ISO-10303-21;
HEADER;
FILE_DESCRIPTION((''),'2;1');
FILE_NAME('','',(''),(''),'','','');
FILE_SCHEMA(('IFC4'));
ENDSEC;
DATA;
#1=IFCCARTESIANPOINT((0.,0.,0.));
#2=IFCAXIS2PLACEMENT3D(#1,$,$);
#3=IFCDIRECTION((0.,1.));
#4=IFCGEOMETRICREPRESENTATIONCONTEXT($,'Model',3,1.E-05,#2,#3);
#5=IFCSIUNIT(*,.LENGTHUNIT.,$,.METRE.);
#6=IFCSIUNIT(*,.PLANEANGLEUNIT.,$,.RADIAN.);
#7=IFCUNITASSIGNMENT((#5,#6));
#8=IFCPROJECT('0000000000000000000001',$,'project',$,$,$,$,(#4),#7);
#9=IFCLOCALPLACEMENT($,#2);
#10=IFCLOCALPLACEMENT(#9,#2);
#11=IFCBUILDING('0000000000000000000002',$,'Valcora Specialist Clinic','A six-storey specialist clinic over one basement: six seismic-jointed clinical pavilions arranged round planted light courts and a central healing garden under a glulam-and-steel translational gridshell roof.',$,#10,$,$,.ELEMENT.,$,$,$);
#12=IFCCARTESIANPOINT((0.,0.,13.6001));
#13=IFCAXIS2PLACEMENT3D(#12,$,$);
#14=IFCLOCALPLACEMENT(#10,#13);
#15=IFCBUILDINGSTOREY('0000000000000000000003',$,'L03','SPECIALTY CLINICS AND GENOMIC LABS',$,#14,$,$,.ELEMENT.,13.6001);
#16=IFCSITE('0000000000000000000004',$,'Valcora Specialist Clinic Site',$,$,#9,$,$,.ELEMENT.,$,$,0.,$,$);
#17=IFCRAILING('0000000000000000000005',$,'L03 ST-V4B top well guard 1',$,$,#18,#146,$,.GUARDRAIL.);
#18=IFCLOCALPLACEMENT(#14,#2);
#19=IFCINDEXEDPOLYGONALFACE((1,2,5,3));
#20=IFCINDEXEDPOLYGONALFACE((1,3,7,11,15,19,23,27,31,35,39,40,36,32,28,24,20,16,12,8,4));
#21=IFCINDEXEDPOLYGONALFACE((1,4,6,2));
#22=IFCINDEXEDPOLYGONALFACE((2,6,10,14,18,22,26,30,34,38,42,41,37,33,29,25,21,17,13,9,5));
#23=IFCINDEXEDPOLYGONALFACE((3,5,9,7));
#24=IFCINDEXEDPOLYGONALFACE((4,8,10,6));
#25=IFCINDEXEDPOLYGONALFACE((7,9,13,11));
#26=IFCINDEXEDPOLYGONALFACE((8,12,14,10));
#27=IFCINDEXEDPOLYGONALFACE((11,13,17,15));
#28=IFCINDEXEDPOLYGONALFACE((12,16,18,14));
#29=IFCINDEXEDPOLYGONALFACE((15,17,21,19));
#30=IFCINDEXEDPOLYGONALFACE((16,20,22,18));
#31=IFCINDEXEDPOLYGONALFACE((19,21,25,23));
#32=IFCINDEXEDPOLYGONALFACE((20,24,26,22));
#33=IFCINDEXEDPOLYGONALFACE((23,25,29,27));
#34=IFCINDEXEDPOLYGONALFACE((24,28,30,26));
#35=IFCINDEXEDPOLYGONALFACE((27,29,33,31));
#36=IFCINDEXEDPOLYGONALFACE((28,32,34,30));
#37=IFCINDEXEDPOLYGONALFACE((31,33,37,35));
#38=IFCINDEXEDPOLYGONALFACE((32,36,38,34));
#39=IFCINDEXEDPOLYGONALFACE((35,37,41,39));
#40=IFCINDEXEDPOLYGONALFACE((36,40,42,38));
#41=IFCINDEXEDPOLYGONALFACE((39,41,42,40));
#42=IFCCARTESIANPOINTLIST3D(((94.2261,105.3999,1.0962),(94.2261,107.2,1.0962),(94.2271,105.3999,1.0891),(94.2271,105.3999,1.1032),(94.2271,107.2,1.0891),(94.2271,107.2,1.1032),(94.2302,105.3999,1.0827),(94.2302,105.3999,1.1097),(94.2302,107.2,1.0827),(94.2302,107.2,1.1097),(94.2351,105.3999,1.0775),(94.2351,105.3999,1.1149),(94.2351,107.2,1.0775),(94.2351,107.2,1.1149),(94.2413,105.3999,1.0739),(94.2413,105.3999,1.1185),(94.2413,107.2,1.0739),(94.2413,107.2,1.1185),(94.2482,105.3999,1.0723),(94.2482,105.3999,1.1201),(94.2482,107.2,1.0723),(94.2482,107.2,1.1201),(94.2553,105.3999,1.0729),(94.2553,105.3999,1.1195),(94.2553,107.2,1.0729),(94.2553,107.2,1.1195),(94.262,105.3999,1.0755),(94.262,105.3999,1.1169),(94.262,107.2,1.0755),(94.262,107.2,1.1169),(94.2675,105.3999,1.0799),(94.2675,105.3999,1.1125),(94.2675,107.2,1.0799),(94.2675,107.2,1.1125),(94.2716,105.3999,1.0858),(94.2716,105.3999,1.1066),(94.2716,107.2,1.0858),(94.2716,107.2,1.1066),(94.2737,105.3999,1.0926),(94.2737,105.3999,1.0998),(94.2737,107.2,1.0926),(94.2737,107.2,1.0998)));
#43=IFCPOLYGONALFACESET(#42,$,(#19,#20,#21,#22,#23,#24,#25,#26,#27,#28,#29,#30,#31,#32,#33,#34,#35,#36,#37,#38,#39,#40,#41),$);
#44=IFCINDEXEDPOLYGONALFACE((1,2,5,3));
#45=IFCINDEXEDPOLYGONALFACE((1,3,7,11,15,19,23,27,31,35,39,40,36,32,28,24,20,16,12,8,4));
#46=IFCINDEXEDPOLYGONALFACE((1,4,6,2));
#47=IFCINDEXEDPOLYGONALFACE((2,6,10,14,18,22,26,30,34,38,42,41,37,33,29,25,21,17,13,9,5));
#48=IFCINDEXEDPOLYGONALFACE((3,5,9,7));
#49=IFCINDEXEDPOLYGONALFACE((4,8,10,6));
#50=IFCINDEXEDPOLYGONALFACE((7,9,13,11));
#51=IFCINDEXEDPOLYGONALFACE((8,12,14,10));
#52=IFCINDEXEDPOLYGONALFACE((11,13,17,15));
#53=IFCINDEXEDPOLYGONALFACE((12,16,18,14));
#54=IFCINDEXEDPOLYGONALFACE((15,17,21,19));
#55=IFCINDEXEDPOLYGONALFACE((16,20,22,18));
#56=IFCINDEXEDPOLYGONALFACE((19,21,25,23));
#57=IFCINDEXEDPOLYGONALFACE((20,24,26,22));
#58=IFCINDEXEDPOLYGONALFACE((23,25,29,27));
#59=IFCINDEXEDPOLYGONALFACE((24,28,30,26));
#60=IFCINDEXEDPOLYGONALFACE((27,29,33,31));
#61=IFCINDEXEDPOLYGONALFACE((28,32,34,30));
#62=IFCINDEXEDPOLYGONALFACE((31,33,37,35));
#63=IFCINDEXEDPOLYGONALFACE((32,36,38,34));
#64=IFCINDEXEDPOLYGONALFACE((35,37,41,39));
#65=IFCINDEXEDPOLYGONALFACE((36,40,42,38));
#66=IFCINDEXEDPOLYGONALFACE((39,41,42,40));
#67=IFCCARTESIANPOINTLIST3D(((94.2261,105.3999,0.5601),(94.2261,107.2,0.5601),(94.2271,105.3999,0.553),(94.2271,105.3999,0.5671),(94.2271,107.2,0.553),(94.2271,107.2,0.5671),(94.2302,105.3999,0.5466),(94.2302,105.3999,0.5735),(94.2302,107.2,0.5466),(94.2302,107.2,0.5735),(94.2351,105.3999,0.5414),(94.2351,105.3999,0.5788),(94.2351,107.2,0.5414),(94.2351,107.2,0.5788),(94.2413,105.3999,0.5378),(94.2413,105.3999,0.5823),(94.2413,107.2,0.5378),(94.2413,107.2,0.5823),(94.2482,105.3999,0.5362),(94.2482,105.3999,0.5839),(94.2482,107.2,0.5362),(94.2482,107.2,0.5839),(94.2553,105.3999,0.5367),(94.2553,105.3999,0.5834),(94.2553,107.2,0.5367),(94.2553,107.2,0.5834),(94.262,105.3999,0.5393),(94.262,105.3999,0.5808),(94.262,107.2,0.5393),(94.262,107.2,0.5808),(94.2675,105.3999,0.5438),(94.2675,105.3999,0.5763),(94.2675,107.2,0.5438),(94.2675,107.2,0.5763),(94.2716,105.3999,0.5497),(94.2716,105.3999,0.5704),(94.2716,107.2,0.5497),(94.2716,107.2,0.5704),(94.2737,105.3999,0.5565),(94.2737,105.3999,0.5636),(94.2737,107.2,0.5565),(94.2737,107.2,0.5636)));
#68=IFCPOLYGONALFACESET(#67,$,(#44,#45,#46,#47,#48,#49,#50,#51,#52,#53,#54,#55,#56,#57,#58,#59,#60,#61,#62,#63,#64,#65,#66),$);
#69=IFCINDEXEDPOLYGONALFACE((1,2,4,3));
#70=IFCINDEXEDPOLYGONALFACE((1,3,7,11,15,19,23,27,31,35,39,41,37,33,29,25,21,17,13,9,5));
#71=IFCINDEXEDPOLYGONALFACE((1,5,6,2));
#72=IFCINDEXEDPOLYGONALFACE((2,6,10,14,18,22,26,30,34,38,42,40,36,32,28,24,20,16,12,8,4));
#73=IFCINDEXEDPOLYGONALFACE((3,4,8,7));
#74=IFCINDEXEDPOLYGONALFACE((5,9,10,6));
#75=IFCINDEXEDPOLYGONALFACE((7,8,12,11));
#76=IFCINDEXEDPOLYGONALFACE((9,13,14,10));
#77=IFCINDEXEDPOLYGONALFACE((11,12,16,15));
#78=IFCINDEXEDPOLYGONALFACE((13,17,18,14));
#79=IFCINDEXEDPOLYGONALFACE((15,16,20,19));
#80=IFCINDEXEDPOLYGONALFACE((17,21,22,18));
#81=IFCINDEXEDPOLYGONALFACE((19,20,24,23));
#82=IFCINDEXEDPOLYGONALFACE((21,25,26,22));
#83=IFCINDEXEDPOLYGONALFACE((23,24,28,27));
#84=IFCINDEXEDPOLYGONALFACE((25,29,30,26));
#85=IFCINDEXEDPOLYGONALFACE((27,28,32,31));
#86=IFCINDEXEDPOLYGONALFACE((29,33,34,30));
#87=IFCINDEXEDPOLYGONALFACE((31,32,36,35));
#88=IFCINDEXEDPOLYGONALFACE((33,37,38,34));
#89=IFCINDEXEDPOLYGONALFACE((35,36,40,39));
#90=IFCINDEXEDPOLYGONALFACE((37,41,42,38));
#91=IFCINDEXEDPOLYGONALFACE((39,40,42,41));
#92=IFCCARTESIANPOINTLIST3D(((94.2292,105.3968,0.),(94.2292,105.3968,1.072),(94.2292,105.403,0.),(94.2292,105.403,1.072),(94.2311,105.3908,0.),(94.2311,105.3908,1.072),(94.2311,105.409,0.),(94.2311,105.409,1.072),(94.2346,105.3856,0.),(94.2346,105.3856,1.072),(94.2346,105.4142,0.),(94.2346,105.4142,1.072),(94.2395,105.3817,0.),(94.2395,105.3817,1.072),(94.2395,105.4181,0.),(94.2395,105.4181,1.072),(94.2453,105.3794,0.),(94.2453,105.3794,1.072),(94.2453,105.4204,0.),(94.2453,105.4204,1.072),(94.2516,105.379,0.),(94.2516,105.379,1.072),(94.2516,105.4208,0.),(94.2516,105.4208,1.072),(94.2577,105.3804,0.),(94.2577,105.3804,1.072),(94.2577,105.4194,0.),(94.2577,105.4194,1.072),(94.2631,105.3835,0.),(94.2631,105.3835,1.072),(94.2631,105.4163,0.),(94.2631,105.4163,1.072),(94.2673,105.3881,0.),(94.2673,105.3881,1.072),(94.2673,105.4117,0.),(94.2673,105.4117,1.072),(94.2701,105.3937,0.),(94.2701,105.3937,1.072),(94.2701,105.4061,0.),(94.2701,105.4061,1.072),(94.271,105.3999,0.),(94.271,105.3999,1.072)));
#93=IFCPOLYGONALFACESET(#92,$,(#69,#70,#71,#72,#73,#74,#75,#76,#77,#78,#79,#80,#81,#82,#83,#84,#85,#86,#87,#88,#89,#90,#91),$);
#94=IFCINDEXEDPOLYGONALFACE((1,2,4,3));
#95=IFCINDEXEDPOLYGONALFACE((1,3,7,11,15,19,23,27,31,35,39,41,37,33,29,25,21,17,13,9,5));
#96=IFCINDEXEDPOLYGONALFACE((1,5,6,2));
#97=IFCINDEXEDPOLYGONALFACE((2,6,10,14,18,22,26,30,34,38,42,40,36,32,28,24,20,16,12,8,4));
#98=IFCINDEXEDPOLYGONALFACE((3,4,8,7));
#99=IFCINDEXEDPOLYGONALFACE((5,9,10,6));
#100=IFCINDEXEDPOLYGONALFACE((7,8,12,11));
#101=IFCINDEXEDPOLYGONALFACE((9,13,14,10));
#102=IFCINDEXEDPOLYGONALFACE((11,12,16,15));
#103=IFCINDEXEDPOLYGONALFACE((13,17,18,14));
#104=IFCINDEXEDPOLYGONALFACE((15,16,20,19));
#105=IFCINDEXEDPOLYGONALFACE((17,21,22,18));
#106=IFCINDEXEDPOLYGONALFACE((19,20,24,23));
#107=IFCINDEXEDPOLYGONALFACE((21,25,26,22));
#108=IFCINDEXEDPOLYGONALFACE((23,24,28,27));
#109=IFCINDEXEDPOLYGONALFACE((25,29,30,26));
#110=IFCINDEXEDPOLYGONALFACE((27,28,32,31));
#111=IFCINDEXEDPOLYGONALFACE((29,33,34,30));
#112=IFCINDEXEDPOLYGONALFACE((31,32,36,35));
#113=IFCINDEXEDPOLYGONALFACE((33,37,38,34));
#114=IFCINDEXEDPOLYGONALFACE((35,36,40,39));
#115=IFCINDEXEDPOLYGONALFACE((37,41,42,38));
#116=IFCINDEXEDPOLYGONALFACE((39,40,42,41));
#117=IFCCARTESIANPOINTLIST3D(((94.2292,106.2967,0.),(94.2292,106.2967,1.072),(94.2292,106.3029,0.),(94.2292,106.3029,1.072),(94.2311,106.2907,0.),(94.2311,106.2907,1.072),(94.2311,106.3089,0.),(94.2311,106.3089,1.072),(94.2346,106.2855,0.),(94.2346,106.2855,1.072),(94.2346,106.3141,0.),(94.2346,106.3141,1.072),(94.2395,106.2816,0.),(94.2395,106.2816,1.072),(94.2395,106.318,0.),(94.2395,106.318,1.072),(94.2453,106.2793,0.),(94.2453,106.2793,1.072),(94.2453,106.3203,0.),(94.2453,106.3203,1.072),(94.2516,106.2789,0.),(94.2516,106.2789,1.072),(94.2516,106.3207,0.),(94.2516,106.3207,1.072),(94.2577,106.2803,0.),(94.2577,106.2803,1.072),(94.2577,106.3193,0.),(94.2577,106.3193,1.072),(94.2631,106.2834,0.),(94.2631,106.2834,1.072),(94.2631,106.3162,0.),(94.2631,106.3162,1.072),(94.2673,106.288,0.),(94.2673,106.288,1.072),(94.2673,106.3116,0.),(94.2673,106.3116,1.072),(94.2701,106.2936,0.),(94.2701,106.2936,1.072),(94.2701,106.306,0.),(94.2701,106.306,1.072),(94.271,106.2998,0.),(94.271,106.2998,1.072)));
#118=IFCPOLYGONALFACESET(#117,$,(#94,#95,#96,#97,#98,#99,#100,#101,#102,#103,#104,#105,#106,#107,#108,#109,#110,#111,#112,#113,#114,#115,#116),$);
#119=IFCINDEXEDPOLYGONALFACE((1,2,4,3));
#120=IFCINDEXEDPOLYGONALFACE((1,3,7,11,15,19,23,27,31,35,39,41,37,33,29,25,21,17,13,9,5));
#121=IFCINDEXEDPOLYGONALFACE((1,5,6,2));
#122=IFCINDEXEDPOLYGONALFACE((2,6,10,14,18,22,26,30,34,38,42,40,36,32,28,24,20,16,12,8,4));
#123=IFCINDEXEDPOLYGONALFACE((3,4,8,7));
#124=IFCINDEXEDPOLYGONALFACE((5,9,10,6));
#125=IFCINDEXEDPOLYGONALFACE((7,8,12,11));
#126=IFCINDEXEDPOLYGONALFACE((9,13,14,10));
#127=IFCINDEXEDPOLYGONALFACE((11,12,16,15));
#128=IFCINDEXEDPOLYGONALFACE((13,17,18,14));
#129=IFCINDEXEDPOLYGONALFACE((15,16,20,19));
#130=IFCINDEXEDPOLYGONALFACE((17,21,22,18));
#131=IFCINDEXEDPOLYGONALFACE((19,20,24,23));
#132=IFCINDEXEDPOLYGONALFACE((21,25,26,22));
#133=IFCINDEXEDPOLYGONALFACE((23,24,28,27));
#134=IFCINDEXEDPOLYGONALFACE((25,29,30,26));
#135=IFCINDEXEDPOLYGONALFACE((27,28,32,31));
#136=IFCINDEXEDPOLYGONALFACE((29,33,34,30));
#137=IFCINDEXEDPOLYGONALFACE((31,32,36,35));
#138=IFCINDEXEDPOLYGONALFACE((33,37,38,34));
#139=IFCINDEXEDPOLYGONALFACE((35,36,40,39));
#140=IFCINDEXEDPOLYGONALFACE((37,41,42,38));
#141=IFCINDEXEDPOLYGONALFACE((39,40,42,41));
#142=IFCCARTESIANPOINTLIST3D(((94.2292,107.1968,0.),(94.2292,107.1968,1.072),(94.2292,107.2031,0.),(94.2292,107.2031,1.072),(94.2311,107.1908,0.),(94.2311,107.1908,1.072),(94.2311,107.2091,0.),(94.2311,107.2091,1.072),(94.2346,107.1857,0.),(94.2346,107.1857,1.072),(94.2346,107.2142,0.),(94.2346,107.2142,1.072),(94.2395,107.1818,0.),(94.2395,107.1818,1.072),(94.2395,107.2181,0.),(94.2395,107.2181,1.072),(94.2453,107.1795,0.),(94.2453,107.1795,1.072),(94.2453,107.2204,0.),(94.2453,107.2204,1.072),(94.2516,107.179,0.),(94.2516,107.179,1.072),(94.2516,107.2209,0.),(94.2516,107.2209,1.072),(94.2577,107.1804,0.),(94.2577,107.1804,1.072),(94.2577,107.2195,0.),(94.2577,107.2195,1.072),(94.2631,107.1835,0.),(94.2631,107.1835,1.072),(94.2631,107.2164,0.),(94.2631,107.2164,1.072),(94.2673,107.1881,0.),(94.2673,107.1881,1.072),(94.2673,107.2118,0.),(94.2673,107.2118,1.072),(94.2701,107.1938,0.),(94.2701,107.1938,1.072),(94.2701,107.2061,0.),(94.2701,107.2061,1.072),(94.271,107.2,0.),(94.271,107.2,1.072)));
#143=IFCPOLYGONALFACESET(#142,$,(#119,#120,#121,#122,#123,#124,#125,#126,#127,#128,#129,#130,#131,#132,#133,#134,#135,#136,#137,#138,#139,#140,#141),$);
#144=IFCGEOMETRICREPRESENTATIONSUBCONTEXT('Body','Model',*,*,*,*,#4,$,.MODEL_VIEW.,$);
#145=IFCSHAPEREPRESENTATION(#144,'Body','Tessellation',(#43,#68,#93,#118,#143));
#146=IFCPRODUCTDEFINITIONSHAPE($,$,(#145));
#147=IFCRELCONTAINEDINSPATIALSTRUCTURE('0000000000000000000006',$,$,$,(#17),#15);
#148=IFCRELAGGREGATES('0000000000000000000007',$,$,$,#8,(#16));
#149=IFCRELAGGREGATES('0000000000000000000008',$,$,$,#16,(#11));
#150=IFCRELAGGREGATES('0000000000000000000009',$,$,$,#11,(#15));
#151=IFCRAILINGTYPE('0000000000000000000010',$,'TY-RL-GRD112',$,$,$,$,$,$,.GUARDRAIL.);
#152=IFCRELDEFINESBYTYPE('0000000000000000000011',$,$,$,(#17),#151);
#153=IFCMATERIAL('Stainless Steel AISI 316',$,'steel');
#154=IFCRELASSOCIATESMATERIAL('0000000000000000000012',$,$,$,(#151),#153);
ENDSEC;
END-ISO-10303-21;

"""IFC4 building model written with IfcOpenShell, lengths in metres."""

from ifc_helpers import new_model, si_unit, direction, frame, origin, origin_2d, place, context, subcontext, project, spatial, circle, extrude, material, type_object, element, save


model = new_model("IFC4")

# Units and contexts
model_context = context("Model", 3, precision=1e-05, world=origin(), true_north=direction((0.0, 1.0)))
body_context = subcontext(model_context, "Body", "Model", "MODEL_VIEW")
ifc_project = project(units=[si_unit("LENGTHUNIT", "METRE"), si_unit("PLANEANGLEUNIT", "RADIAN")], contexts=[model_context])

# Site, building, storey
site_placement = place(None, origin())
site = spatial("IfcSite", under=ifc_project, at=site_placement, Name="Valcora Specialist Clinic Site", CompositionType="ELEMENT", RefElevation=0.0)
building_placement = place(site_placement, origin())
building = spatial("IfcBuilding", under=site, at=building_placement, Name="Valcora Specialist Clinic", Description="A six-storey specialist clinic over one basement: six seismic-jointed clinical pavilions arranged round planted light courts and a central healing garden under a glulam-and-steel translational gridshell roof.", CompositionType="ELEMENT")
storey_placement = place(building_placement, frame((0.0, 0.0, 13.6001)))
storey = spatial("IfcBuildingStorey", under=building, at=storey_placement, Name="L03", Description="SPECIALTY CLINICS AND GENOMIC LABS", CompositionType="ELEMENT", Elevation=13.6001)

# Railing
ifc_material_1 = material(Name="Stainless Steel AISI 316", Category="steel")
railing_type = type_object("IfcRailingType", Name="TY-RL-GRD112", PredefinedType="GUARDRAIL", material=ifc_material_1)
railing_placement = place(storey_placement, frame((94.25, 105.3999, 0.0)))
element("IfcRailing", 1, at=railing_placement, inside=storey, type_object=railing_type, Name="L03 ST-V4B top well guard 1", PredefinedType="GUARDRAIL", context=body_context, shape_type="SweptSolid", body=[
    extrude(circle(Radius=0.0239, at=origin_2d()), frame((0.0, 0.0, 1.0962), z_axis=(0.0, 1.0, 0.0), x_axis=(-1.0, 0.0, 0.0)), (0.0, 0.0, 1.0), 1.8),
    extrude(circle(Radius=0.0239, at=origin_2d()), frame((0.0, 0.0, 0.5601), z_axis=(0.0, 1.0, 0.0), x_axis=(-1.0, 0.0, 0.0)), (0.0, 0.0, 1.0), 1.8),
    extrude(circle(Radius=0.021, at=origin_2d()), origin(), (0.0, 0.0, 1.0), 1.072),
    extrude(circle(Radius=0.021, at=origin_2d()), frame((0.0, 0.8999, 0.0)), (0.0, 0.0, 1.0), 1.072),
    extrude(circle(Radius=0.021, at=origin_2d()), frame((0.0, 1.8, 0.0)), (0.0, 0.0, 1.0), 1.072),
])

save(model, "model.ifc")
